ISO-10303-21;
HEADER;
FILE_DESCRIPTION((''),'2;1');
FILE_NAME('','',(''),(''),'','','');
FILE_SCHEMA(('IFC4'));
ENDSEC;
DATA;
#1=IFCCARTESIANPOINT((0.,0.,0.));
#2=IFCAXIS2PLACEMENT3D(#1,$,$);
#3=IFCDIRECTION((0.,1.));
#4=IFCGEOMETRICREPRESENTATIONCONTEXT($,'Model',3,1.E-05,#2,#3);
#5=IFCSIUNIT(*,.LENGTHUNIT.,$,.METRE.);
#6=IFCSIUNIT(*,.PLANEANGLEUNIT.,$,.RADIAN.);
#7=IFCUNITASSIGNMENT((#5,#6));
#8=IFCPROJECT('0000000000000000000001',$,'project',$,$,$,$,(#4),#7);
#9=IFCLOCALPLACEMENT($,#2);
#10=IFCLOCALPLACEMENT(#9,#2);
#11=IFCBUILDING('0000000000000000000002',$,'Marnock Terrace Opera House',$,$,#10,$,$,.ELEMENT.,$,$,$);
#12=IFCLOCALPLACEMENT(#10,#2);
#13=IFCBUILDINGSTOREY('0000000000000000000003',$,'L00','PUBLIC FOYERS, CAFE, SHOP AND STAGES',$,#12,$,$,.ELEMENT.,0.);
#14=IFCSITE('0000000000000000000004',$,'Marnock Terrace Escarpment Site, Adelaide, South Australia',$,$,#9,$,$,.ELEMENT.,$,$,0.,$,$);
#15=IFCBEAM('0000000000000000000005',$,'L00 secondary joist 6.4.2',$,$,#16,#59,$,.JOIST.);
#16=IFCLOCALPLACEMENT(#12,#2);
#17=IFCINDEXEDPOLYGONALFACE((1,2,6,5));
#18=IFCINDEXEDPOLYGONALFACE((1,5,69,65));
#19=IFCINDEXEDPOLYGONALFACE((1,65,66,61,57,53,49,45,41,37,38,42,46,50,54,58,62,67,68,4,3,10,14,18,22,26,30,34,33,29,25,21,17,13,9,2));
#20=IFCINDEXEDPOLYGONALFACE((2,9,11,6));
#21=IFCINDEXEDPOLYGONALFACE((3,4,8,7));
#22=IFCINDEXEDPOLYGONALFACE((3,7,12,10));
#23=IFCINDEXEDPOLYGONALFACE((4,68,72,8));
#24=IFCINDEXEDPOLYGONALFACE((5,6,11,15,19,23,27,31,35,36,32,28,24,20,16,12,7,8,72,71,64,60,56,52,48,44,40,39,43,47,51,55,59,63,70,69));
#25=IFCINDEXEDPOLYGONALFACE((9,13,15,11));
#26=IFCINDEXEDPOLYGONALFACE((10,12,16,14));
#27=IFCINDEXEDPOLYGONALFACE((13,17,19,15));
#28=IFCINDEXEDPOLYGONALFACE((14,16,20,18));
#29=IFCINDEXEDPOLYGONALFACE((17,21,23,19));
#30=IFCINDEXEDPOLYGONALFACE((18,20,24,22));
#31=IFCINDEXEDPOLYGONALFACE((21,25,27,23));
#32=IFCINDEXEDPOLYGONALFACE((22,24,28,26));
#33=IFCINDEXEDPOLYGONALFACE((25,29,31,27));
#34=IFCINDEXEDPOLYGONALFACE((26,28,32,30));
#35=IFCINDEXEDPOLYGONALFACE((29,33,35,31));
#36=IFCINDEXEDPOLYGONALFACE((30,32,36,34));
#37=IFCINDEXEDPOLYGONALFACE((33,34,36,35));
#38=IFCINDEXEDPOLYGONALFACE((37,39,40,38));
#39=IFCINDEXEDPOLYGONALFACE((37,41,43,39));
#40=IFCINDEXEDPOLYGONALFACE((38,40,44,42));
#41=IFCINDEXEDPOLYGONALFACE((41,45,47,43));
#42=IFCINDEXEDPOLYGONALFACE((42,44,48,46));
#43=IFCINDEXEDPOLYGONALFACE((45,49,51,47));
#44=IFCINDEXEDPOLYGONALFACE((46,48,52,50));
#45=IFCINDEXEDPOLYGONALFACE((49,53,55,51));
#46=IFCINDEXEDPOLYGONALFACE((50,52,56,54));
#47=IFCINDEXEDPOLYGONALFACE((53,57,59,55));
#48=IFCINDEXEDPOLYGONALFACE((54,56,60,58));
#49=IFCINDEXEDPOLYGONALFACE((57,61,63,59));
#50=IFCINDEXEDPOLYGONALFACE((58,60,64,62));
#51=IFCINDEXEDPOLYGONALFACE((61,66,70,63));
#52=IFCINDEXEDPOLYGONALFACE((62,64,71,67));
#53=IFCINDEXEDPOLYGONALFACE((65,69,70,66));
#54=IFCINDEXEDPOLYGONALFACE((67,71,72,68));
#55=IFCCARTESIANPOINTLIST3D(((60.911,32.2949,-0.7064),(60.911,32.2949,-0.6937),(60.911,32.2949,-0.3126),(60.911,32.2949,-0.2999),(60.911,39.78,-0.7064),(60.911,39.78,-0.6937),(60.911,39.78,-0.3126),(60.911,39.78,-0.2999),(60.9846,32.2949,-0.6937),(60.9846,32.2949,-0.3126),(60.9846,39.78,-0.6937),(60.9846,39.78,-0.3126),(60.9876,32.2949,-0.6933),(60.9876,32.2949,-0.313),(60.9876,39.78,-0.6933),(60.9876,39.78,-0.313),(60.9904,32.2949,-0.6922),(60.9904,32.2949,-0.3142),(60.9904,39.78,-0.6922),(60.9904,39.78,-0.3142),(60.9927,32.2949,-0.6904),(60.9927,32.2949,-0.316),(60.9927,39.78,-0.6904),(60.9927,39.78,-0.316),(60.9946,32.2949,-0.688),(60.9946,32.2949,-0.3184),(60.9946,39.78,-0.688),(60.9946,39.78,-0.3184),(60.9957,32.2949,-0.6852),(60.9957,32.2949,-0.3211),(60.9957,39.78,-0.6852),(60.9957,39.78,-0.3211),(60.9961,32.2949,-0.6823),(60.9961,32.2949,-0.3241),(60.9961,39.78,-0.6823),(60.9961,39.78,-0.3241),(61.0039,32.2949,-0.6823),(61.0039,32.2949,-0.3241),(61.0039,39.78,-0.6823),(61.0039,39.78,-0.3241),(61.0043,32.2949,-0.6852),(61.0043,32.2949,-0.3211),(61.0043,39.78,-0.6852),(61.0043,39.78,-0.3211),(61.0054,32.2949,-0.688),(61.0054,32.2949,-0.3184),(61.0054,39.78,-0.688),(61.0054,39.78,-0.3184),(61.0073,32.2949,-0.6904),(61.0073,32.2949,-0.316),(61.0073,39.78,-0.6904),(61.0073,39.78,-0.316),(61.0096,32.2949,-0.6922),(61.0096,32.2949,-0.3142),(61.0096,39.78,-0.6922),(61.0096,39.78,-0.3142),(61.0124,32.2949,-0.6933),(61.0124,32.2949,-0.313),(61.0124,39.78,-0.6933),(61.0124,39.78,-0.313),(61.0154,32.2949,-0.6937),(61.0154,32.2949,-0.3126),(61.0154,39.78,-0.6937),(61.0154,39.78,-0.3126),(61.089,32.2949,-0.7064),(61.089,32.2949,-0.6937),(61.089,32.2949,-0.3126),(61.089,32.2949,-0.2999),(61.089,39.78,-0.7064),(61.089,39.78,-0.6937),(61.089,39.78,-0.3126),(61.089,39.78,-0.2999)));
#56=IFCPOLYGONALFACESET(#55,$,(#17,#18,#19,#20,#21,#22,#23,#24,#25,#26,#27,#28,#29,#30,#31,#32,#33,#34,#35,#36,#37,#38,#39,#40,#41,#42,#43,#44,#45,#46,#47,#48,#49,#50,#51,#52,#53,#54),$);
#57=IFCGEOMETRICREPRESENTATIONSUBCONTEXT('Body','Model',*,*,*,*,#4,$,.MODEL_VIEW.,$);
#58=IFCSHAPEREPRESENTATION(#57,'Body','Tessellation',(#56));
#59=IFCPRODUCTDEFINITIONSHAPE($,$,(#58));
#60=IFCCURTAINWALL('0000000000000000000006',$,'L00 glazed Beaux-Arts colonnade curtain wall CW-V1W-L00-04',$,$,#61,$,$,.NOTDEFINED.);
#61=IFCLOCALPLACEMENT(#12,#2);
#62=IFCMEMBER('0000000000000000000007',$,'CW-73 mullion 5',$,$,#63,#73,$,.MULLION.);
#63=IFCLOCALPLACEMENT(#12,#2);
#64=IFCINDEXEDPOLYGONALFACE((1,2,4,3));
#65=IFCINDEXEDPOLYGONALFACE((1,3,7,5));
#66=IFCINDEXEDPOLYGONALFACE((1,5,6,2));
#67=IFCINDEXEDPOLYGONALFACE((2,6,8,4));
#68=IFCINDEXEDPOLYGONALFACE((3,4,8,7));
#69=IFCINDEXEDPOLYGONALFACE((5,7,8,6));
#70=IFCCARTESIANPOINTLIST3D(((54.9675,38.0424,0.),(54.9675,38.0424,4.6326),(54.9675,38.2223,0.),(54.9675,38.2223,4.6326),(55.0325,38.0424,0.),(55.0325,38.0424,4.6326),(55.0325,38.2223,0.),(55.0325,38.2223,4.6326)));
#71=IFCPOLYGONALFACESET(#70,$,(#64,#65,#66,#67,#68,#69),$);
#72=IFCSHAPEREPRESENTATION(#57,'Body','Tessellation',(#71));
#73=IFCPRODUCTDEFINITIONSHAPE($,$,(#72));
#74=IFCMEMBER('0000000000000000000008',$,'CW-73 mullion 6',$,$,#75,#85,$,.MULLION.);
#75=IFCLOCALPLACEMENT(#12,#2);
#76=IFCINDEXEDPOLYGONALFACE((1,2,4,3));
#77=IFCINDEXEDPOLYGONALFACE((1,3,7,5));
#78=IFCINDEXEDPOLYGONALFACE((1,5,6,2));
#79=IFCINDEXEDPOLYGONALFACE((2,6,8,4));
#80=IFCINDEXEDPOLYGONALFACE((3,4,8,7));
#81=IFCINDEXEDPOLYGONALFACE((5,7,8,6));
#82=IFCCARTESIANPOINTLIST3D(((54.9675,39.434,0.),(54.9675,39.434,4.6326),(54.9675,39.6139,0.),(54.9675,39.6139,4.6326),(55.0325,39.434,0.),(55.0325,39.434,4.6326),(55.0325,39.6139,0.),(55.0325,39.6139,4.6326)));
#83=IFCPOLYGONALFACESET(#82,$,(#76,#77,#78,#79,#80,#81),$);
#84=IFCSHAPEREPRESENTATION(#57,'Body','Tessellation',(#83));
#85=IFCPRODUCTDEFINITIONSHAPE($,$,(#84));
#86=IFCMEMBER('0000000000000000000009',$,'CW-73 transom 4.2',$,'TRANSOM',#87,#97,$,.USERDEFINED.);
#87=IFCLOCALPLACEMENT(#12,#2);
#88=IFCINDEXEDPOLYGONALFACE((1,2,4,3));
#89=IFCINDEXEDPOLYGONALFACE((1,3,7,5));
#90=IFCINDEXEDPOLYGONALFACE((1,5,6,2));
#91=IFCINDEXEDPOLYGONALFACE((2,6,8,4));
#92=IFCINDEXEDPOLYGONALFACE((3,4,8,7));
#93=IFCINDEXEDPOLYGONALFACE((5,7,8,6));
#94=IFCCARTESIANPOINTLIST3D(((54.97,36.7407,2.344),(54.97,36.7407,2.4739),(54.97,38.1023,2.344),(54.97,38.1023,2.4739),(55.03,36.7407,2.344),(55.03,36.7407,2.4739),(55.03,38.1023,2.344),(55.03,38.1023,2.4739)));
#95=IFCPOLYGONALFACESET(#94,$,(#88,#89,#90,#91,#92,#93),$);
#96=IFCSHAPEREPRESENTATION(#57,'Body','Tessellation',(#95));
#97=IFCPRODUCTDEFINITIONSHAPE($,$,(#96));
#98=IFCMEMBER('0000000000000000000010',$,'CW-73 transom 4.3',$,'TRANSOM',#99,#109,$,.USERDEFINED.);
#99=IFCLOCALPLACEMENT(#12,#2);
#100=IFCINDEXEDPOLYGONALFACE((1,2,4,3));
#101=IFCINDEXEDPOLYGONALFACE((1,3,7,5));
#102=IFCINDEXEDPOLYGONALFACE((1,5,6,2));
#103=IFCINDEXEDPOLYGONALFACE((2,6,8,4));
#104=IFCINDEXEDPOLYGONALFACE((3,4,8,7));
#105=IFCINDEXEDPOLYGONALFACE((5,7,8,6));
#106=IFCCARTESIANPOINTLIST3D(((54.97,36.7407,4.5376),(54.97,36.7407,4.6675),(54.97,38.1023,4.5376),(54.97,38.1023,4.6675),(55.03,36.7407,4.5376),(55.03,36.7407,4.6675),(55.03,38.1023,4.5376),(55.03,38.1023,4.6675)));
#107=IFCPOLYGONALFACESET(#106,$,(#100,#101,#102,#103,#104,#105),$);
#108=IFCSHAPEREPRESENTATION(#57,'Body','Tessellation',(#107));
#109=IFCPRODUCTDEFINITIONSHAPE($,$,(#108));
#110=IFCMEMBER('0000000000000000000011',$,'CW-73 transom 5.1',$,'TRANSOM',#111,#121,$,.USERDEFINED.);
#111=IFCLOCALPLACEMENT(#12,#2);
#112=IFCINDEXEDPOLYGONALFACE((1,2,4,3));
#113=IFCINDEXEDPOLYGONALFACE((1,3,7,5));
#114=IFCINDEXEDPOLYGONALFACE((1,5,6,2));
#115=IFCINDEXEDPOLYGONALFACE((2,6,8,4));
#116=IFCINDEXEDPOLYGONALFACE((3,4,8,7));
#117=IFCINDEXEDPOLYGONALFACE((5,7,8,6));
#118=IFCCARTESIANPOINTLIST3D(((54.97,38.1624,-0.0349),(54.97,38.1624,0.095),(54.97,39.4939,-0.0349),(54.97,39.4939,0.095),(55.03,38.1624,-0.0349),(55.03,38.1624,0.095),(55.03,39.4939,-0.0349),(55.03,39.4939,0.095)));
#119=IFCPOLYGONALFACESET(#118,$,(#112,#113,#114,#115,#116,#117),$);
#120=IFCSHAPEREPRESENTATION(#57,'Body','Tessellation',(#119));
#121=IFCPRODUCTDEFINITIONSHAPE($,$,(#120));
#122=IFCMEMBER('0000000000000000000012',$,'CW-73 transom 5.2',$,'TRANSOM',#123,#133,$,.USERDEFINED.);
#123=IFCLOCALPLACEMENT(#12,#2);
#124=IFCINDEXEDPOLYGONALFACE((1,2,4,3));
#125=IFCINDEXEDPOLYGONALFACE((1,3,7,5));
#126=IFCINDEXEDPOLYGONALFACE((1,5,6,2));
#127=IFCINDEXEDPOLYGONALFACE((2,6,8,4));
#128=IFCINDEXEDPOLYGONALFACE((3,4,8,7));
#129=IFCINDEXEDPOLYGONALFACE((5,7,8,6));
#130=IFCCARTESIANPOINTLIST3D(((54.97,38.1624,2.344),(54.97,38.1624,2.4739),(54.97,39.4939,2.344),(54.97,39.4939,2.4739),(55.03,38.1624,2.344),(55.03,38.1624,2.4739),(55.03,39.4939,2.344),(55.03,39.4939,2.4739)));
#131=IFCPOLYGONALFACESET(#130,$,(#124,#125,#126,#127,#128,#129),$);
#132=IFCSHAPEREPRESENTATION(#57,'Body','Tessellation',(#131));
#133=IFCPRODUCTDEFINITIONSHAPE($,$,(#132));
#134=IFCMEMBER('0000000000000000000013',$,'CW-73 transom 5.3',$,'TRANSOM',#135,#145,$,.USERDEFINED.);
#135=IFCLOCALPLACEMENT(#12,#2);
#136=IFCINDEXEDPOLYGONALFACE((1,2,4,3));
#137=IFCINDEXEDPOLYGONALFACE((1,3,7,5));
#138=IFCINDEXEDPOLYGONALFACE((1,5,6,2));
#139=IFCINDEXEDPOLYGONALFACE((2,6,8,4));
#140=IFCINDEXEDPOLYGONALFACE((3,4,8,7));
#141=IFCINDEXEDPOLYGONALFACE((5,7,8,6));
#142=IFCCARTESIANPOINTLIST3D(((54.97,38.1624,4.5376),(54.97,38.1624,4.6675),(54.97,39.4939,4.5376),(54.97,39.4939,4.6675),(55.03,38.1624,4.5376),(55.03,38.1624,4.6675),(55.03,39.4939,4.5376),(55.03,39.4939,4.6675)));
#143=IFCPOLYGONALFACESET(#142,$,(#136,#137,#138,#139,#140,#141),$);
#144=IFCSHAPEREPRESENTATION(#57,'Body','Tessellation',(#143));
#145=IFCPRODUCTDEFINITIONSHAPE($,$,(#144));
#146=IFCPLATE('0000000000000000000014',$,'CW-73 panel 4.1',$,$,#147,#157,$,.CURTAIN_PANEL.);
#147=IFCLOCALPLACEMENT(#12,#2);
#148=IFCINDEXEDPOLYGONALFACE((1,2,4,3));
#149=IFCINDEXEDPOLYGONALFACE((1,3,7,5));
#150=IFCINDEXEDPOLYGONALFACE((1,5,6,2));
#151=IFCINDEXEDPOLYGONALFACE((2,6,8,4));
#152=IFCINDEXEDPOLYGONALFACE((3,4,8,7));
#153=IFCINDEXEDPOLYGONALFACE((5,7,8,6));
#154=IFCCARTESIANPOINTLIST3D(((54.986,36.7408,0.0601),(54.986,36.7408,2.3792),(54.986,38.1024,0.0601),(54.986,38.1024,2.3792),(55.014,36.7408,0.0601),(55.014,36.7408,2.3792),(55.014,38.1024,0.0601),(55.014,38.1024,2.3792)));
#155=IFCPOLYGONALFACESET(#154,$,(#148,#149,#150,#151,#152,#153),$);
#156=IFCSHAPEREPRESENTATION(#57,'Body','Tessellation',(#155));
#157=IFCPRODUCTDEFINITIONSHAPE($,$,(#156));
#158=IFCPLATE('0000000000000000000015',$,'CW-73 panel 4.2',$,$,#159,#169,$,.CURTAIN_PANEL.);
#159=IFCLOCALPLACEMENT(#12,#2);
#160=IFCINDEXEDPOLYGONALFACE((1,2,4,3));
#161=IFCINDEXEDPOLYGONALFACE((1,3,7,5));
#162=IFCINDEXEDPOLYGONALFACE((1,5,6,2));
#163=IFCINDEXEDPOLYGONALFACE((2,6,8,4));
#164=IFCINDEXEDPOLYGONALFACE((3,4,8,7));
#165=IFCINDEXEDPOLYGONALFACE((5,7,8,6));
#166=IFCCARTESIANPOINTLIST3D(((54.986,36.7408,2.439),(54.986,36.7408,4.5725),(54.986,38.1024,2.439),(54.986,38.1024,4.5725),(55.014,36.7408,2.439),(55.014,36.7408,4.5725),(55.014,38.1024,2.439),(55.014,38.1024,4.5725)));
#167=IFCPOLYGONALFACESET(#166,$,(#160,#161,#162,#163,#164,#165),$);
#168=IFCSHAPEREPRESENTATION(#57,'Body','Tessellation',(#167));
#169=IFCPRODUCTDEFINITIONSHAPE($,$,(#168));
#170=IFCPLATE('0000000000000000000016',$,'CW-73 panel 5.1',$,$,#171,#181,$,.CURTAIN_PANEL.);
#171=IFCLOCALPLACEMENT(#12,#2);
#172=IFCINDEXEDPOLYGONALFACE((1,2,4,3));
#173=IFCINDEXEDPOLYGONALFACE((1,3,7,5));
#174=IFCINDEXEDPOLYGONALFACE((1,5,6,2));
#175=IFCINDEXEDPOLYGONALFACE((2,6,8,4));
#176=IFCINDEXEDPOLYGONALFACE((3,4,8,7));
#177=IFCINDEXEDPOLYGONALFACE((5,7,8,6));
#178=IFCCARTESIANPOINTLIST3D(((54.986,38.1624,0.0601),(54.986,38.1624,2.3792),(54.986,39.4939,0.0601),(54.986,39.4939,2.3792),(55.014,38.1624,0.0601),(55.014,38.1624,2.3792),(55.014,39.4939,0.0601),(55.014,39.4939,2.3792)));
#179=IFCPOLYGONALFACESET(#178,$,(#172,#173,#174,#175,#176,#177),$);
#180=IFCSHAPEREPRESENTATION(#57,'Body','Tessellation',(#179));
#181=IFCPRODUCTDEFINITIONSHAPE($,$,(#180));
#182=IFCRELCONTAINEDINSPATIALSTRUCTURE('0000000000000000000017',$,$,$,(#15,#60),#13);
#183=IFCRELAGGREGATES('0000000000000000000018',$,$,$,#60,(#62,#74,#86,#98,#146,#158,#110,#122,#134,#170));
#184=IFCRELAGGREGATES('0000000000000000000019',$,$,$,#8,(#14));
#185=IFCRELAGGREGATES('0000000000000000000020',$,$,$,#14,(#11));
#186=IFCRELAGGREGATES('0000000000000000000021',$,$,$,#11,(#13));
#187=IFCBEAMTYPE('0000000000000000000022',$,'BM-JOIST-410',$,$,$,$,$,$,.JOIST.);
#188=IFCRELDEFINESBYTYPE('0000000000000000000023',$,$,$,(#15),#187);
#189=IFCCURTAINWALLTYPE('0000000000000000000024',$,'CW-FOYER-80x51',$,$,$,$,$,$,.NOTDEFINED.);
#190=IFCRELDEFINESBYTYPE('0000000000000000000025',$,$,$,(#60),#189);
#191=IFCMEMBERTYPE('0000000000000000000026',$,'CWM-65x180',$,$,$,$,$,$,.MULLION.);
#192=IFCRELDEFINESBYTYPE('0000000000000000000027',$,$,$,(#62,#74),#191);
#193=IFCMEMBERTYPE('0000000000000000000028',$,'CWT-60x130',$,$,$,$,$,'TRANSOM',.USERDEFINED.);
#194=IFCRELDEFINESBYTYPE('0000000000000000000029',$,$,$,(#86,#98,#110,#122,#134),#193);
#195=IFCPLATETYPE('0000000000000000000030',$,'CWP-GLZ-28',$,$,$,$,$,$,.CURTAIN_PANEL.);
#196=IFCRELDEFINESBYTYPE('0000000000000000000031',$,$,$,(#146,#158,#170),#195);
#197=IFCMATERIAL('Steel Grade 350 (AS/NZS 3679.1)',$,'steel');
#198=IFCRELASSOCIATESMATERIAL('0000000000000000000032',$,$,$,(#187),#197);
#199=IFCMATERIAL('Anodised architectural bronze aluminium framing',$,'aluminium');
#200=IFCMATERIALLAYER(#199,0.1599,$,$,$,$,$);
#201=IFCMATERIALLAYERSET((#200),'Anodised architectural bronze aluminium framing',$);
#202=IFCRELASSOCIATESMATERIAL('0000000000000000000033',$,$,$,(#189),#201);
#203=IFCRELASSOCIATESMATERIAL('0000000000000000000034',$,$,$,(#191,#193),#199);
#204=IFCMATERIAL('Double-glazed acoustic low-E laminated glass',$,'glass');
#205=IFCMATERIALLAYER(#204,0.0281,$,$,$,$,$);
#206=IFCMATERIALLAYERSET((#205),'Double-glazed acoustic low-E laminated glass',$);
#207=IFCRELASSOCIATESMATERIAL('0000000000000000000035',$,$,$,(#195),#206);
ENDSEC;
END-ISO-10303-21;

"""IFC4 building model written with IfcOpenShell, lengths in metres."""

from ifc_helpers import new_model, si_unit, direction, frame, origin, origin_2d, place, context, subcontext, project, spatial, rectangle, i_section, extrude, material, layer, layer_set, material_profile, profile_set, type_object, element, aggregate, save


model = new_model("IFC4")

# Units and contexts
model_context = context("Model", 3, precision=1e-05, world=origin(), true_north=direction((0.0, 1.0)))
body_context = subcontext(model_context, "Body", "Model", "MODEL_VIEW")
ifc_project = project(units=[si_unit("LENGTHUNIT", "METRE"), si_unit("PLANEANGLEUNIT", "RADIAN")], contexts=[model_context])

# Site, building, storey
site_placement = place(None, origin())
site = spatial("IfcSite", under=ifc_project, at=site_placement, Name="Marnock Terrace Escarpment Site, Adelaide, South Australia", CompositionType="ELEMENT", RefElevation=0.0)
building_placement = place(site_placement, origin())
building = spatial("IfcBuilding", under=site, at=building_placement, Name="Marnock Terrace Opera House", CompositionType="ELEMENT")
storey_placement = place(building_placement, origin())
storey = spatial("IfcBuildingStorey", under=building, at=storey_placement, Name="L00", Description="PUBLIC FOYERS, CAFE, SHOP AND STAGES", CompositionType="ELEMENT", Elevation=0.0)

# Beam
ifc_material_1 = material(Name="Steel Grade 350 (AS/NZS 3679.1)", Category="steel")
ifc_material_profile_1 = material_profile(ifc_material_1, i_section(OverallWidth=0.178, OverallDepth=0.4065, WebThickness=0.0078, FlangeThickness=0.0127, FilletRadius=0.0115, at=origin_2d()))
ifc_profile_set_1 = profile_set([ifc_material_profile_1], Name="Steel Grade 350 (AS/NZS 3679.1)")
beam_type_1 = type_object("IfcBeamType", Name="BM-JOIST-410", PredefinedType="JOIST", material=ifc_profile_set_1)
for number, where, z_axis, x_axis, name in (
    (1, (61.0, 32.2949, -0.5032), (0.0, 1.0, 0.0), (-1.0, 0.0, 0.0), "L00 secondary joist 6.4.2"),
):
    element("IfcBeam", number, at=place(storey_placement, frame(where, z_axis=z_axis, x_axis=x_axis)), inside=storey, type_object=beam_type_1, Name=name, PredefinedType="JOIST", context=body_context, shape_type="SweptSolid", body=[
        extrude(i_section(OverallWidth=0.178, OverallDepth=0.4065, WebThickness=0.0078, FlangeThickness=0.0127, FilletRadius=0.0115, at=origin_2d()), origin(), (0.0, 0.0, 1.0), 7.4851),
    ])

# Curtain wall, members, plates
ifc_material_2 = material(Name="Anodised architectural bronze aluminium framing", Category="aluminium")
ifc_layer_1 = layer(ifc_material_2, 0.1599)
ifc_layer_set_1 = layer_set([ifc_layer_1], Name="Anodised architectural bronze aluminium framing")
curtain_wall_type = type_object("IfcCurtainWallType", Name="CW-FOYER-80x51", PredefinedType="NOTDEFINED", material=ifc_layer_set_1)
curtain_wall_placement = place(storey_placement, origin())
curtain_wall = element("IfcCurtainWall", 2, at=curtain_wall_placement, inside=storey, type_object=curtain_wall_type, Name="L00 glazed Beaux-Arts colonnade curtain wall CW-V1W-L00-04", PredefinedType="NOTDEFINED")
ifc_material_profile_2 = material_profile(ifc_material_2, rectangle(XDim=0.0649, YDim=0.1799, at=origin_2d()))
ifc_profile_set_2 = profile_set([ifc_material_profile_2], Name="Anodised architectural bronze aluminium framing")
member_type_1 = type_object("IfcMemberType", Name="CWM-65x180", PredefinedType="MULLION", material=ifc_profile_set_2)
member_1_placement = place(storey_placement, frame((55.0, 38.1323, 0.0), z_axis=(0.0, 0.0, 1.0), x_axis=(-1.0, 0.0, 0.0)))
member_1 = element("IfcMember", 3, at=member_1_placement, type_object=member_type_1, Name="CW-73 mullion 5", PredefinedType="MULLION", context=body_context, shape_type="SweptSolid", body=[
    extrude(rectangle(XDim=0.0649, YDim=0.1799, at=origin_2d()), origin(), (0.0, 0.0, 1.0), 4.6326),
])
member_2_placement = place(storey_placement, frame((55.0, 39.5239, 0.0), z_axis=(0.0, 0.0, 1.0), x_axis=(-1.0, 0.0, 0.0)))
member_2 = element("IfcMember", 4, at=member_2_placement, type_object=member_type_1, Name="CW-73 mullion 6", PredefinedType="MULLION", context=body_context, shape_type="SweptSolid", body=[
    extrude(rectangle(XDim=0.0649, YDim=0.1799, at=origin_2d()), origin(), (0.0, 0.0, 1.0), 4.6326),
])
ifc_material_profile_3 = material_profile(ifc_material_2, rectangle(XDim=0.0601, YDim=0.1299, at=origin_2d()))
ifc_profile_set_3 = profile_set([ifc_material_profile_3], Name="Anodised architectural bronze aluminium framing")
member_type_2 = type_object("IfcMemberType", Name="CWT-60x130", ElementType="TRANSOM", PredefinedType="USERDEFINED", material=ifc_profile_set_3)
member_3_placement = place(storey_placement, frame((55.0, 36.7407, 2.4089), z_axis=(0.0, 1.0, 0.0), x_axis=(-1.0, 0.0, 0.0)))
member_3 = element("IfcMember", 5, at=member_3_placement, type_object=member_type_2, Name="CW-73 transom 4.2", ObjectType="TRANSOM", PredefinedType="USERDEFINED", context=body_context, shape_type="SweptSolid", body=[
    extrude(rectangle(XDim=0.0601, YDim=0.1299, at=origin_2d()), origin(), (0.0, 0.0, 1.0), 1.3616),
])
member_4_placement = place(storey_placement, frame((55.0, 36.7407, 4.6025), z_axis=(0.0, 1.0, 0.0), x_axis=(-1.0, 0.0, 0.0)))
member_4 = element("IfcMember", 6, at=member_4_placement, type_object=member_type_2, Name="CW-73 transom 4.3", ObjectType="TRANSOM", PredefinedType="USERDEFINED", context=body_context, shape_type="SweptSolid", body=[
    extrude(rectangle(XDim=0.0601, YDim=0.1299, at=origin_2d()), origin(), (0.0, 0.0, 1.0), 1.3616),
])
member_5_placement = place(storey_placement, frame((55.0, 38.1624, 0.03), z_axis=(0.0, 1.0, 0.0), x_axis=(-1.0, 0.0, 0.0)))
member_5 = element("IfcMember", 7, at=member_5_placement, type_object=member_type_2, Name="CW-73 transom 5.1", ObjectType="TRANSOM", PredefinedType="USERDEFINED", context=body_context, shape_type="SweptSolid", body=[
    extrude(rectangle(XDim=0.0601, YDim=0.1299, at=origin_2d()), origin(), (0.0, 0.0, 1.0), 1.3315),
])
member_6_placement = place(storey_placement, frame((55.0, 38.1624, 2.4089), z_axis=(0.0, 1.0, 0.0), x_axis=(-1.0, 0.0, 0.0)))
member_6 = element("IfcMember", 8, at=member_6_placement, type_object=member_type_2, Name="CW-73 transom 5.2", ObjectType="TRANSOM", PredefinedType="USERDEFINED", context=body_context, shape_type="SweptSolid", body=[
    extrude(rectangle(XDim=0.0601, YDim=0.1299, at=origin_2d()), origin(), (0.0, 0.0, 1.0), 1.3315),
])
member_7_placement = place(storey_placement, frame((55.0, 38.1624, 4.6025), z_axis=(0.0, 1.0, 0.0), x_axis=(-1.0, 0.0, 0.0)))
member_7 = element("IfcMember", 9, at=member_7_placement, type_object=member_type_2, Name="CW-73 transom 5.3", ObjectType="TRANSOM", PredefinedType="USERDEFINED", context=body_context, shape_type="SweptSolid", body=[
    extrude(rectangle(XDim=0.0601, YDim=0.1299, at=origin_2d()), origin(), (0.0, 0.0, 1.0), 1.3315),
])
ifc_material_3 = material(Name="Double-glazed acoustic low-E laminated glass", Category="glass")
ifc_layer_2 = layer(ifc_material_3, 0.0281)
ifc_layer_set_2 = layer_set([ifc_layer_2], Name="Double-glazed acoustic low-E laminated glass")
plate_type = type_object("IfcPlateType", Name="CWP-GLZ-28", PredefinedType="CURTAIN_PANEL", material=ifc_layer_set_2)
plate_1_placement = place(storey_placement, frame((55.0, 37.4216, 0.0601), z_axis=(0.0, 0.0, 1.0), x_axis=(0.0, 1.0, 0.0)))
plate_1 = element("IfcPlate", 10, at=plate_1_placement, type_object=plate_type, Name="CW-73 panel 4.1", PredefinedType="CURTAIN_PANEL", context=body_context, shape_type="SweptSolid", body=[
    extrude(rectangle(XDim=1.3616, YDim=0.0281, at=origin_2d()), origin(), (0.0, 0.0, 1.0), 2.3191),
])
plate_2_placement = place(storey_placement, frame((55.0, 37.4216, 2.439), z_axis=(0.0, 0.0, 1.0), x_axis=(0.0, 1.0, 0.0)))
plate_2 = element("IfcPlate", 11, at=plate_2_placement, type_object=plate_type, Name="CW-73 panel 4.2", PredefinedType="CURTAIN_PANEL", context=body_context, shape_type="SweptSolid", body=[
    extrude(rectangle(XDim=1.3616, YDim=0.0281, at=origin_2d()), origin(), (0.0, 0.0, 1.0), 2.1335),
])
plate_3_placement = place(storey_placement, frame((55.0, 38.8281, 0.0601), z_axis=(0.0, 0.0, 1.0), x_axis=(0.0, 1.0, 0.0)))
plate_3 = element("IfcPlate", 12, at=plate_3_placement, type_object=plate_type, Name="CW-73 panel 5.1", PredefinedType="CURTAIN_PANEL", context=body_context, shape_type="SweptSolid", body=[
    extrude(rectangle(XDim=1.3315, YDim=0.0281, at=origin_2d()), origin(), (0.0, 0.0, 1.0), 2.3191),
])
aggregate(curtain_wall, [member_1, member_2, member_3, member_4, plate_1, plate_2, member_5, member_6, member_7, plate_3])

save(model, "model.ifc")
